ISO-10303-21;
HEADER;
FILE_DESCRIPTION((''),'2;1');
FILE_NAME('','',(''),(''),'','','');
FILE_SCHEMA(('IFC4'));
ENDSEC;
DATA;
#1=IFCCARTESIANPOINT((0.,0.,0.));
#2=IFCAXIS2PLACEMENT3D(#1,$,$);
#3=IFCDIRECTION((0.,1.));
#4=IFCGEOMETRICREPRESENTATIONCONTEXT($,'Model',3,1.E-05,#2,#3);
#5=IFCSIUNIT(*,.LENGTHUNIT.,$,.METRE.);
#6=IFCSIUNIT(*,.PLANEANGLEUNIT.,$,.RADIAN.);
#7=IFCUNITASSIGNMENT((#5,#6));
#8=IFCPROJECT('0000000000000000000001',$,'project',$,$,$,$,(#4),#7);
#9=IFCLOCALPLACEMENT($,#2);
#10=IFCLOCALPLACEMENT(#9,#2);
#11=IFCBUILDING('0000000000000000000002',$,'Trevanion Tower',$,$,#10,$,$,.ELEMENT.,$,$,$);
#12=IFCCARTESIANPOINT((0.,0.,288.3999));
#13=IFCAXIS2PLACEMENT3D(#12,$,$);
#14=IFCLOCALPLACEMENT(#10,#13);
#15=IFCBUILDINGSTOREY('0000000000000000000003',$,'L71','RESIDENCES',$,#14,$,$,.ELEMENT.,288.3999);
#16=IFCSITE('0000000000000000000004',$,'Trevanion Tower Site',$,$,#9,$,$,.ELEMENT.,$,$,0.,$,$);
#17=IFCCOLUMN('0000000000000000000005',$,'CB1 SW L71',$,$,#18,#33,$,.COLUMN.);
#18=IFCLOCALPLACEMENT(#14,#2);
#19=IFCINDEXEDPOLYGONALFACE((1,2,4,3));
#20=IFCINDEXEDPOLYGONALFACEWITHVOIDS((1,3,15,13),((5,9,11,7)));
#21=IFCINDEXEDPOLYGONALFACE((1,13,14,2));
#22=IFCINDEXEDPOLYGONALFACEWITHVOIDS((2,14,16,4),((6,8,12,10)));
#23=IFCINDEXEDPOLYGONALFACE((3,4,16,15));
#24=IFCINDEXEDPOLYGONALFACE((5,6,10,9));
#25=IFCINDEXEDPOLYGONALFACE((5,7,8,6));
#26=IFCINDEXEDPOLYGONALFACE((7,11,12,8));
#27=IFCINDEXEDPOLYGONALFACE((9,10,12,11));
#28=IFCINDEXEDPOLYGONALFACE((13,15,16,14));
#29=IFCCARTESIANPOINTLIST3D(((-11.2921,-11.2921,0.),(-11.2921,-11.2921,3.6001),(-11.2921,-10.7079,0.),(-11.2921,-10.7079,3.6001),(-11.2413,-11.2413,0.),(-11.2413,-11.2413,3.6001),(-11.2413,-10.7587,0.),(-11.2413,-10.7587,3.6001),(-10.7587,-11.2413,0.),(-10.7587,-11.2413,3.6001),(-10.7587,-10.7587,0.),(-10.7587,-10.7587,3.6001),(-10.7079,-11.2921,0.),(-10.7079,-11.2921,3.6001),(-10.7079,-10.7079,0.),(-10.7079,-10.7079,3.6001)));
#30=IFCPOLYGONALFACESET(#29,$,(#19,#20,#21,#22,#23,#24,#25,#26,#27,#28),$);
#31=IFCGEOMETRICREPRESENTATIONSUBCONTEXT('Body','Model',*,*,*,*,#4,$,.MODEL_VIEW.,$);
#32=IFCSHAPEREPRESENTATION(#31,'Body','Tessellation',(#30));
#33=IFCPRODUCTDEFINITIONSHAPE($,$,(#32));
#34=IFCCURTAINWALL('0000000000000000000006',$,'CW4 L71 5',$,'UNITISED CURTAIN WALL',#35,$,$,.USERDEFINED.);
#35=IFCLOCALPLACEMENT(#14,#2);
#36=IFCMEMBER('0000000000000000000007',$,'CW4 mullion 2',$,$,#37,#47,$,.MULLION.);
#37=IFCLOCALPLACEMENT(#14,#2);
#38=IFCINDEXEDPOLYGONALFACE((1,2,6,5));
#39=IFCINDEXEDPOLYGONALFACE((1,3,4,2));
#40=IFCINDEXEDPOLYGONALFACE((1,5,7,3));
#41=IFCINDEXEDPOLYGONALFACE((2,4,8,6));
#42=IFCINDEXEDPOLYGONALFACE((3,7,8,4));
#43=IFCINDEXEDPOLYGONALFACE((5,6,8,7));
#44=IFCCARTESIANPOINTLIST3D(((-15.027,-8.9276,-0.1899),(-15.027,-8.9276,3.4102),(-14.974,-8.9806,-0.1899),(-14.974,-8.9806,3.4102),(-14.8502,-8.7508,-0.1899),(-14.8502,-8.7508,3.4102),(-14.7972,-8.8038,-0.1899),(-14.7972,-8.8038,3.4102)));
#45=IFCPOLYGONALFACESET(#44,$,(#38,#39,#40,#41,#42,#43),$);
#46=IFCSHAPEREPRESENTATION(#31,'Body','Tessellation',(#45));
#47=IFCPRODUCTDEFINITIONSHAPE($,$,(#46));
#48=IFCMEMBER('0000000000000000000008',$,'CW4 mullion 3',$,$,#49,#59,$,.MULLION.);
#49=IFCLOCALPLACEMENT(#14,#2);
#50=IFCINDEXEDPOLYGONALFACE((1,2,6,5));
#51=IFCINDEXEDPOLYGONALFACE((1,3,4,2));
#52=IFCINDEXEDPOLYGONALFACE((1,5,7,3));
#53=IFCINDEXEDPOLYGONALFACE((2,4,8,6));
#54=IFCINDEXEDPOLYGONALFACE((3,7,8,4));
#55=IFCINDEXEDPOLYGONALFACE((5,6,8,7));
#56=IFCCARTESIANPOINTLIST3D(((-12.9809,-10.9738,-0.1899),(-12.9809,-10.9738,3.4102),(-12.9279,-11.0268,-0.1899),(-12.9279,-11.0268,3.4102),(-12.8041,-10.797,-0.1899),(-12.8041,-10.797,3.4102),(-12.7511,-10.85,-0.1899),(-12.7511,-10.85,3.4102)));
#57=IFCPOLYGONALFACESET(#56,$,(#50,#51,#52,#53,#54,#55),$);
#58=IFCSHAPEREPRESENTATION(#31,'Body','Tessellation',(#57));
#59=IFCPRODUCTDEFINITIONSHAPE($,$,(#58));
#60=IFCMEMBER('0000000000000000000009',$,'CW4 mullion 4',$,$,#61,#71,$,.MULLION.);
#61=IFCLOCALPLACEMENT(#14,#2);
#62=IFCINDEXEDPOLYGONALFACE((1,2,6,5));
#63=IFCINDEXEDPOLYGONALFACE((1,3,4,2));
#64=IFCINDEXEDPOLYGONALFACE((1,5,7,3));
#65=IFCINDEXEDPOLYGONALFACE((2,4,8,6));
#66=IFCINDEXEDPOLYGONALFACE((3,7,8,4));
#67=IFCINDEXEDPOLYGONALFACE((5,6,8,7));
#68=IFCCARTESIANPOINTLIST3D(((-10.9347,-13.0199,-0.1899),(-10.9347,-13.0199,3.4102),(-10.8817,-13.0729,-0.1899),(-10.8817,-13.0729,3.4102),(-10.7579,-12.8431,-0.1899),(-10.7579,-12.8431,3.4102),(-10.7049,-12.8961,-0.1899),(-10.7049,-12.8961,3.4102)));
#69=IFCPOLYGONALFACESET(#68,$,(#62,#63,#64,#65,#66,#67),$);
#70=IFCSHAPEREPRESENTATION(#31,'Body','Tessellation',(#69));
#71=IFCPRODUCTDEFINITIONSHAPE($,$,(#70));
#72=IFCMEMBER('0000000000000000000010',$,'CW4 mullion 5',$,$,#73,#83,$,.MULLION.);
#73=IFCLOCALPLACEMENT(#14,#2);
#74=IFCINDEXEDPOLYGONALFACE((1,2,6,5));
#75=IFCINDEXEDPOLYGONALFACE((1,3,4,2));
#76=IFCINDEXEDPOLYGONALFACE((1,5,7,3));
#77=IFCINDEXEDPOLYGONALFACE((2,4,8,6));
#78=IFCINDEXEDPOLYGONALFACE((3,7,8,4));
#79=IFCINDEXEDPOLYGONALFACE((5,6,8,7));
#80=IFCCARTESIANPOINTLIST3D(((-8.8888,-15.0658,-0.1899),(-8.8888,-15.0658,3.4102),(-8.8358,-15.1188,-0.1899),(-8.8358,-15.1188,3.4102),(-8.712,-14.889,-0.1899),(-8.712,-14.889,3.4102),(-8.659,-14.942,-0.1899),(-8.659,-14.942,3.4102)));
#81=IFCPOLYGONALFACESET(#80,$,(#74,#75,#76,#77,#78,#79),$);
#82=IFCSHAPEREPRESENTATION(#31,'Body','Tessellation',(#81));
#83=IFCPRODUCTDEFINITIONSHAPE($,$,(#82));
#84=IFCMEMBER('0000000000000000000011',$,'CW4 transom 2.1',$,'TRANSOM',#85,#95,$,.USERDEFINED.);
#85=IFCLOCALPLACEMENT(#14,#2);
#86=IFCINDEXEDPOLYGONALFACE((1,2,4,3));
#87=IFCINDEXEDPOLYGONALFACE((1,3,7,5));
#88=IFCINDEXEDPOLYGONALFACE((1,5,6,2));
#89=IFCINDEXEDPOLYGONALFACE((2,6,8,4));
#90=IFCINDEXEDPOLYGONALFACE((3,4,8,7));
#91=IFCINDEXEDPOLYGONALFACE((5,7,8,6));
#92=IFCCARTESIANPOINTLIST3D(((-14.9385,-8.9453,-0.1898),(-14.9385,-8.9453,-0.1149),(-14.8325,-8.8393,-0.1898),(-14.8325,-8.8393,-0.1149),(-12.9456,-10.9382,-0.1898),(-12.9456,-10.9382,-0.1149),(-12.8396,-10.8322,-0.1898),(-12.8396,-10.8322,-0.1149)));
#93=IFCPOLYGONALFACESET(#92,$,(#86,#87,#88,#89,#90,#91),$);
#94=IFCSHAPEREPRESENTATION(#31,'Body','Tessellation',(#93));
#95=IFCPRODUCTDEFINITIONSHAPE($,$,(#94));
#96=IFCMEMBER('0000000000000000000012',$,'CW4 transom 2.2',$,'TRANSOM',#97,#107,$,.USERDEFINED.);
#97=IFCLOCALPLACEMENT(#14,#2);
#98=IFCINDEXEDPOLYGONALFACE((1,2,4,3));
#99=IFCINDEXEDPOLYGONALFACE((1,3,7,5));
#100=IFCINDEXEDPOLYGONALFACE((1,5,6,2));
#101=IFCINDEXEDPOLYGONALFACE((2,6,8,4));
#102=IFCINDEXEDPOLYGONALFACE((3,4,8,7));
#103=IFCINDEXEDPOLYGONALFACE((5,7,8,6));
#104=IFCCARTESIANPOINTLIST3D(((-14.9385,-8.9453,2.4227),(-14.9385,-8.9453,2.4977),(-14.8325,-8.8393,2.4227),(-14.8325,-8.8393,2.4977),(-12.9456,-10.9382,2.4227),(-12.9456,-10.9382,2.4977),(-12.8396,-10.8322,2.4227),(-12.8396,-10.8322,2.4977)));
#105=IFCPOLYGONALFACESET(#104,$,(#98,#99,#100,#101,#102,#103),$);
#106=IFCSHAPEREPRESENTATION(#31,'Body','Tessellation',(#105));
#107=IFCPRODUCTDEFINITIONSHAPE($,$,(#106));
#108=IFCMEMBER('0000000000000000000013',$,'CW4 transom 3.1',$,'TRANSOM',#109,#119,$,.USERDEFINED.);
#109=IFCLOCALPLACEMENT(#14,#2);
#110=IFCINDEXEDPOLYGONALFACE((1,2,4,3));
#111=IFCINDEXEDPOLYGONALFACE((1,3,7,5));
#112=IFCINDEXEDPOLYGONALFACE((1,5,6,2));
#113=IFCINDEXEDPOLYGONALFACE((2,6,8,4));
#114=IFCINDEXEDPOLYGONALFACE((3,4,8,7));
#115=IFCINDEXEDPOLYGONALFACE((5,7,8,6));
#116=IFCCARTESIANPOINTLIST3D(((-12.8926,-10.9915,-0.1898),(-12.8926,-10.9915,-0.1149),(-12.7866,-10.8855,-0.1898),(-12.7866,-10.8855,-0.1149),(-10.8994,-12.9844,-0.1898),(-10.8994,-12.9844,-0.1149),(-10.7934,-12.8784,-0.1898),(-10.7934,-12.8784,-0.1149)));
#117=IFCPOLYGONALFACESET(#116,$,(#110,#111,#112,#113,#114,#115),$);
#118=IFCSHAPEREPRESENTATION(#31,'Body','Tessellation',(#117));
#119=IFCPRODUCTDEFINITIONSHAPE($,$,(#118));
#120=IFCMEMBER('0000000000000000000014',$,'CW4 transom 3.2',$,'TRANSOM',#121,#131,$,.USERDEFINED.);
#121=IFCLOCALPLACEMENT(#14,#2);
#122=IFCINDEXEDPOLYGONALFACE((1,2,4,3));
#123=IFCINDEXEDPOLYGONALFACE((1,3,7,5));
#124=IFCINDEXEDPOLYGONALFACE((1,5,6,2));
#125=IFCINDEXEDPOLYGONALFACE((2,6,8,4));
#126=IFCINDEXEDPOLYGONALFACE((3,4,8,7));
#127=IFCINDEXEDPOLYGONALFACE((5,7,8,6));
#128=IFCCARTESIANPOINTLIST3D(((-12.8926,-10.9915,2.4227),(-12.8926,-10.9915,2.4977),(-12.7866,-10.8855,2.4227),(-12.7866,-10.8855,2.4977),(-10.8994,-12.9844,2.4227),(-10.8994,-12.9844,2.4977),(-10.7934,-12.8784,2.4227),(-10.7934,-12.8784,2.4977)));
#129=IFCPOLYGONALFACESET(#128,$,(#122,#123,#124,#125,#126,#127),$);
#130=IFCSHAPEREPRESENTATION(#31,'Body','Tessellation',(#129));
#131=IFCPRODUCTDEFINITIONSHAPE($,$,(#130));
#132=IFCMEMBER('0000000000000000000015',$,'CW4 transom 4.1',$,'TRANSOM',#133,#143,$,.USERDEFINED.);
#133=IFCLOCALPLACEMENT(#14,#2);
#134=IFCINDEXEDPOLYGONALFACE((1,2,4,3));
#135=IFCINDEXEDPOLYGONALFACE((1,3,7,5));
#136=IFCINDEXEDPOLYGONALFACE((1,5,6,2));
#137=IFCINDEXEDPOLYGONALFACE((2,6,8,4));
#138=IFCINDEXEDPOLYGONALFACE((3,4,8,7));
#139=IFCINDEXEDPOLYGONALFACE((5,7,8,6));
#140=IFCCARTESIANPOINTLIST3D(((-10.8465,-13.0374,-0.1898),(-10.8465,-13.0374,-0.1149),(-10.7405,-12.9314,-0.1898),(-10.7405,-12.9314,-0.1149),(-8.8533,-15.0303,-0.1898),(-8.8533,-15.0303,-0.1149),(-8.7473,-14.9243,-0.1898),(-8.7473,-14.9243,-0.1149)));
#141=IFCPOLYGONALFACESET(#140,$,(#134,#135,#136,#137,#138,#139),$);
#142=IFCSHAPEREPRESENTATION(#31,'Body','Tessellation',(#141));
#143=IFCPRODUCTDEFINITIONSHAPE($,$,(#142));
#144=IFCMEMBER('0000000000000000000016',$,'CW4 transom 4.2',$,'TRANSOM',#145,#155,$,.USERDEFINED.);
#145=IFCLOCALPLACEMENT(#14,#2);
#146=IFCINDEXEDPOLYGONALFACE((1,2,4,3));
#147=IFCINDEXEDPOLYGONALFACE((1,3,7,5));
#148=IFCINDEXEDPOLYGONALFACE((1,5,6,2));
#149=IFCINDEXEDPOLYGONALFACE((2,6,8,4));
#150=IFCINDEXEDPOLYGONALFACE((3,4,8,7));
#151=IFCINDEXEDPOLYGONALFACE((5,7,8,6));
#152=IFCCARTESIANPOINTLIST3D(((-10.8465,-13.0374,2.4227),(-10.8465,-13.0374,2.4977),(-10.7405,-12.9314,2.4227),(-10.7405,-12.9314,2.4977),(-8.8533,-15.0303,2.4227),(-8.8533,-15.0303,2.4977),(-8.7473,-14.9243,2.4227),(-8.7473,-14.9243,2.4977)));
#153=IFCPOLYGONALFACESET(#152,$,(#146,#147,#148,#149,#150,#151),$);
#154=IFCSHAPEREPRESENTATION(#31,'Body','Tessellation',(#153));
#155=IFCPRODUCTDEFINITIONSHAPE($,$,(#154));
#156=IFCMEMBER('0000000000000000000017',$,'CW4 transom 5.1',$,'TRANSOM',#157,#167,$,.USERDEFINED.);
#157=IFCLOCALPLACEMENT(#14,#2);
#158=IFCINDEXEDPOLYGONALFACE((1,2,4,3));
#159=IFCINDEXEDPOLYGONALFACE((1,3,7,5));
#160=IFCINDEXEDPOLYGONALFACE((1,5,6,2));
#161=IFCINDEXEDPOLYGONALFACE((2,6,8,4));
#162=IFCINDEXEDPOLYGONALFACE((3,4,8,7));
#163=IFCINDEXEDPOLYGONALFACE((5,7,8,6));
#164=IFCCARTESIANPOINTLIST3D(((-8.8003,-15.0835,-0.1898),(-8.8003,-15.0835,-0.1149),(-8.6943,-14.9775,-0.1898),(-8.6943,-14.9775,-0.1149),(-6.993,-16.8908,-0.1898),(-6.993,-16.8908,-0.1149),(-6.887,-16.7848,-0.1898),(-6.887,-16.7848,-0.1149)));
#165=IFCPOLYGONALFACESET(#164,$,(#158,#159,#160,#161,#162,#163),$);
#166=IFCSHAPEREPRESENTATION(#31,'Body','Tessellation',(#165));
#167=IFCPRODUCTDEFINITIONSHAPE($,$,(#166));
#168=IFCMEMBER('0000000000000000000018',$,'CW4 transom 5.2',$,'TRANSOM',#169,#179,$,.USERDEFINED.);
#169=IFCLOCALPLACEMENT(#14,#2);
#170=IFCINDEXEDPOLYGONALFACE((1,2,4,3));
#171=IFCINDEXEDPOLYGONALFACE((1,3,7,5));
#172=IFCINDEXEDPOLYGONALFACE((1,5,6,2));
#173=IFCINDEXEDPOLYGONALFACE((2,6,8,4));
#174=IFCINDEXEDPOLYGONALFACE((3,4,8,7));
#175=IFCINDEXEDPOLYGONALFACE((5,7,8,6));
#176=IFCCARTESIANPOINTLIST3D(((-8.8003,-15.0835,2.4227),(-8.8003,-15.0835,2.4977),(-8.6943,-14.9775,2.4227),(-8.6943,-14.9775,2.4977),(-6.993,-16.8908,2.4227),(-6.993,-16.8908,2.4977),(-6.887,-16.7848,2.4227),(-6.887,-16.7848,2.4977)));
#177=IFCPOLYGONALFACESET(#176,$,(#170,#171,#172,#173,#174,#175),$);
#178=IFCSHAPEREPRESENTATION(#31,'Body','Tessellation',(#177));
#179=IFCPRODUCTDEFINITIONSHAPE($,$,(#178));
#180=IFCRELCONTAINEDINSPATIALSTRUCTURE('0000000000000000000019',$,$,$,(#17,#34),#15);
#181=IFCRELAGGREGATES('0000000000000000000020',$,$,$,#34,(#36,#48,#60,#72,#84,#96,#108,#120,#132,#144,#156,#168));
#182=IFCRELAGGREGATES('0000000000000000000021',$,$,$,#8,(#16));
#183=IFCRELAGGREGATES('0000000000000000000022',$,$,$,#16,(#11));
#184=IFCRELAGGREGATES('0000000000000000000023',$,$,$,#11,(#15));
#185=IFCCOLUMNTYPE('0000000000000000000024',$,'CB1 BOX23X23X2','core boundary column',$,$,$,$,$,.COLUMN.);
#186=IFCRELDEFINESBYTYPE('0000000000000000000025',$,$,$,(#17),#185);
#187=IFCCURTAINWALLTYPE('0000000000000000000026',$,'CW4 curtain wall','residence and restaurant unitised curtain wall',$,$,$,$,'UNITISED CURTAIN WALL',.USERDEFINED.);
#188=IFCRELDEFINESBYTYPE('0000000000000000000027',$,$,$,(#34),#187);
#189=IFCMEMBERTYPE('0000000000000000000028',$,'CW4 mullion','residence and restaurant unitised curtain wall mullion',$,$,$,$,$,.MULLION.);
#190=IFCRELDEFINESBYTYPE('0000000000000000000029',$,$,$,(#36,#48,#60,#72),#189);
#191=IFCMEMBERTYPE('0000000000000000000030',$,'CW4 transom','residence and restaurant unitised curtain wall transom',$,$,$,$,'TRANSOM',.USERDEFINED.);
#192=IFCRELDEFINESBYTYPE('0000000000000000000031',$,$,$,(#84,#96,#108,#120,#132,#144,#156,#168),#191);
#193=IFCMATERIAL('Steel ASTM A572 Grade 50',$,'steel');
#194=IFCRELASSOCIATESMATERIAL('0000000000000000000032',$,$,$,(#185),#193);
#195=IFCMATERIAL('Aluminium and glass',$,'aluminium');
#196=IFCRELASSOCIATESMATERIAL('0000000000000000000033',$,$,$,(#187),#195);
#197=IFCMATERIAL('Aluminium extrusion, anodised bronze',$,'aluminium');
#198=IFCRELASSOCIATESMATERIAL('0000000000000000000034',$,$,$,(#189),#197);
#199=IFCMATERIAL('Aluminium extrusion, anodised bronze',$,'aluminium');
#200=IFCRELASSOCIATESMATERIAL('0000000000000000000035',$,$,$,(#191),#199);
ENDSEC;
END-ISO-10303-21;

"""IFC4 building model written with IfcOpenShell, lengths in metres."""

from ifc_helpers import new_model, si_unit, direction, frame, origin, origin_2d, place, context, subcontext, project, spatial, rectangle, hollow_rectangle, extrude, material, material_profile, profile_set, type_object, element, aggregate, save


model = new_model("IFC4")

# Units and contexts
model_context = context("Model", 3, precision=1e-05, world=origin(), true_north=direction((0.0, 1.0)))
body_context = subcontext(model_context, "Body", "Model", "MODEL_VIEW")
ifc_project = project(units=[si_unit("LENGTHUNIT", "METRE"), si_unit("PLANEANGLEUNIT", "RADIAN")], contexts=[model_context])

# Site, building, storey
site_placement = place(None, origin())
site = spatial("IfcSite", under=ifc_project, at=site_placement, Name="Trevanion Tower Site", CompositionType="ELEMENT", RefElevation=0.0)
building_placement = place(site_placement, origin())
building = spatial("IfcBuilding", under=site, at=building_placement, Name="Trevanion Tower", CompositionType="ELEMENT")
storey_placement = place(building_placement, frame((0.0, 0.0, 288.3999)))
storey = spatial("IfcBuildingStorey", under=building, at=storey_placement, Name="L71", Description="RESIDENCES", CompositionType="ELEMENT", Elevation=288.3999)

# Column
ifc_material_1 = material(Name="Steel ASTM A572 Grade 50", Category="steel")
ifc_material_profile_1 = material_profile(ifc_material_1, hollow_rectangle(XDim=0.5842, YDim=0.5842, WallThickness=0.0508, at=origin_2d()), Name="BOX23X23X2")
ifc_profile_set_1 = profile_set([ifc_material_profile_1], Name="Steel ASTM A572 Grade 50")
column_type = type_object("IfcColumnType", Name="CB1 BOX23X23X2", Description="core boundary column", PredefinedType="COLUMN", material=ifc_profile_set_1)
column_placement = place(storey_placement, frame((-11.0, -11.0, 0.0), z_axis=(0.0, 0.0, 1.0), x_axis=(1.0, 0.0, 0.0)))
element("IfcColumn", 1, at=column_placement, inside=storey, type_object=column_type, Name="CB1 SW L71", PredefinedType="COLUMN", context=body_context, shape_type="SweptSolid", body=[
    extrude(hollow_rectangle(XDim=0.5842, YDim=0.5842, WallThickness=0.0508, at=origin_2d()), origin(), (0.0, 0.0, 1.0), 3.6001),
])

# Curtain wall, members
ifc_material_2 = material(Name="Aluminium and glass", Category="aluminium")
curtain_wall_type = type_object("IfcCurtainWallType", Name="CW4 curtain wall", Description="residence and restaurant unitised curtain wall", ElementType="UNITISED CURTAIN WALL", PredefinedType="USERDEFINED", material=ifc_material_2)
curtain_wall_placement = place(storey_placement, origin())
curtain_wall = element("IfcCurtainWall", 2, at=curtain_wall_placement, inside=storey, type_object=curtain_wall_type, Name="CW4 L71 5", ObjectType="UNITISED CURTAIN WALL", PredefinedType="USERDEFINED")
ifc_material_3 = material(Name="Aluminium extrusion, anodised bronze", Category="aluminium")
ifc_material_profile_2 = material_profile(ifc_material_3, rectangle(XDim=0.075, YDim=0.25, at=origin_2d()), Name="CW4 mullion")
ifc_profile_set_2 = profile_set([ifc_material_profile_2], Name="Aluminium extrusion, anodised bronze")
member_type_1 = type_object("IfcMemberType", Name="CW4 mullion", Description="residence and restaurant unitised curtain wall mullion", PredefinedType="MULLION", material=ifc_profile_set_2)
member_1_placement = place(storey_placement, frame((-14.9121, -8.8657, -0.1899), z_axis=(0.0, 0.0, 1.0), x_axis=(0.707107, -0.707107, 0.0)))
member_1 = element("IfcMember", 3, at=member_1_placement, type_object=member_type_1, Name="CW4 mullion 2", PredefinedType="MULLION", context=body_context, shape_type="SweptSolid", body=[
    extrude(rectangle(XDim=0.075, YDim=0.25, at=origin_2d()), origin(), (0.0, 0.0, 1.0), 3.6001),
])
member_2_placement = place(storey_placement, frame((-12.866, -10.9119, -0.1899), z_axis=(0.0, 0.0, 1.0), x_axis=(0.707107, -0.707107, 0.0)))
member_2 = element("IfcMember", 4, at=member_2_placement, type_object=member_type_1, Name="CW4 mullion 3", PredefinedType="MULLION", context=body_context, shape_type="SweptSolid", body=[
    extrude(rectangle(XDim=0.075, YDim=0.25, at=origin_2d()), origin(), (0.0, 0.0, 1.0), 3.6001),
])
member_3_placement = place(storey_placement, frame((-10.8198, -12.958, -0.1899), z_axis=(0.0, 0.0, 1.0), x_axis=(0.707107, -0.707107, 0.0)))
member_3 = element("IfcMember", 5, at=member_3_placement, type_object=member_type_1, Name="CW4 mullion 4", PredefinedType="MULLION", context=body_context, shape_type="SweptSolid", body=[
    extrude(rectangle(XDim=0.075, YDim=0.25, at=origin_2d()), origin(), (0.0, 0.0, 1.0), 3.6001),
])
member_4_placement = place(storey_placement, frame((-8.7739, -15.0039, -0.1899), z_axis=(0.0, 0.0, 1.0), x_axis=(0.707107, -0.707107, 0.0)))
member_4 = element("IfcMember", 6, at=member_4_placement, type_object=member_type_1, Name="CW4 mullion 5", PredefinedType="MULLION", context=body_context, shape_type="SweptSolid", body=[
    extrude(rectangle(XDim=0.075, YDim=0.25, at=origin_2d()), origin(), (0.0, 0.0, 1.0), 3.6001),
])
ifc_material_4 = material(Name="Aluminium extrusion, anodised bronze", Category="aluminium")
ifc_material_profile_3 = material_profile(ifc_material_4, rectangle(XDim=0.1499, YDim=0.075, at=origin_2d()), Name="CW4 transom")
ifc_profile_set_3 = profile_set([ifc_material_profile_3], Name="Aluminium extrusion, anodised bronze")
member_type_2 = type_object("IfcMemberType", Name="CW4 transom", Description="residence and restaurant unitised curtain wall transom", ElementType="TRANSOM", PredefinedType="USERDEFINED", material=ifc_profile_set_3)
member_5_placement = place(storey_placement, frame((-14.8855, -8.8923, -0.1523), z_axis=(0.707107, -0.707107, 0.0), x_axis=(0.707107, 0.707107, 0.0)))
member_5 = element("IfcMember", 7, at=member_5_placement, type_object=member_type_2, Name="CW4 transom 2.1", ObjectType="TRANSOM", PredefinedType="USERDEFINED", context=body_context, shape_type="SweptSolid", body=[
    extrude(rectangle(XDim=0.1499, YDim=0.075, at=origin_2d()), origin(), (0.0, 0.0, 1.0), 2.8184),
])
member_6_placement = place(storey_placement, frame((-14.8855, -8.8923, 2.4602), z_axis=(0.707107, -0.707107, 0.0), x_axis=(0.707107, 0.707107, 0.0)))
member_6 = element("IfcMember", 8, at=member_6_placement, type_object=member_type_2, Name="CW4 transom 2.2", ObjectType="TRANSOM", PredefinedType="USERDEFINED", context=body_context, shape_type="SweptSolid", body=[
    extrude(rectangle(XDim=0.1499, YDim=0.075, at=origin_2d()), origin(), (0.0, 0.0, 1.0), 2.8184),
])
member_7_placement = place(storey_placement, frame((-12.8396, -10.9385, -0.1523), z_axis=(0.70715, -0.707063, 0.0), x_axis=(0.707063, 0.70715, 0.0)))
member_7 = element("IfcMember", 9, at=member_7_placement, type_object=member_type_2, Name="CW4 transom 3.1", ObjectType="TRANSOM", PredefinedType="USERDEFINED", context=body_context, shape_type="SweptSolid", body=[
    extrude(rectangle(XDim=0.1499, YDim=0.075, at=origin_2d()), origin(), (0.0, 0.0, 1.0), 2.8186),
])
member_8_placement = place(storey_placement, frame((-12.8396, -10.9385, 2.4602), z_axis=(0.70715, -0.707063, 0.0), x_axis=(0.707063, 0.70715, 0.0)))
member_8 = element("IfcMember", 10, at=member_8_placement, type_object=member_type_2, Name="CW4 transom 3.2", ObjectType="TRANSOM", PredefinedType="USERDEFINED", context=body_context, shape_type="SweptSolid", body=[
    extrude(rectangle(XDim=0.1499, YDim=0.075, at=origin_2d()), origin(), (0.0, 0.0, 1.0), 2.8186),
])
member_9_placement = place(storey_placement, frame((-10.7935, -12.9844, -0.1523), z_axis=(0.70715, -0.707063, 0.0), x_axis=(0.707063, 0.70715, 0.0)))
member_9 = element("IfcMember", 11, at=member_9_placement, type_object=member_type_2, Name="CW4 transom 4.1", ObjectType="TRANSOM", PredefinedType="USERDEFINED", context=body_context, shape_type="SweptSolid", body=[
    extrude(rectangle(XDim=0.1499, YDim=0.075, at=origin_2d()), origin(), (0.0, 0.0, 1.0), 2.8186),
])
member_10_placement = place(storey_placement, frame((-10.7935, -12.9844, 2.4602), z_axis=(0.70715, -0.707063, 0.0), x_axis=(0.707063, 0.70715, 0.0)))
member_10 = element("IfcMember", 12, at=member_10_placement, type_object=member_type_2, Name="CW4 transom 4.2", ObjectType="TRANSOM", PredefinedType="USERDEFINED", context=body_context, shape_type="SweptSolid", body=[
    extrude(rectangle(XDim=0.1499, YDim=0.075, at=origin_2d()), origin(), (0.0, 0.0, 1.0), 2.8186),
])
member_11_placement = place(storey_placement, frame((-8.7473, -15.0305, -0.1523), z_axis=(0.707107, -0.707107, 0.0), x_axis=(0.707107, 0.707107, 0.0)))
member_11 = element("IfcMember", 13, at=member_11_placement, type_object=member_type_2, Name="CW4 transom 5.1", ObjectType="TRANSOM", PredefinedType="USERDEFINED", context=body_context, shape_type="SweptSolid", body=[
    extrude(rectangle(XDim=0.1499, YDim=0.075, at=origin_2d()), origin(), (0.0, 0.0, 1.0), 2.5559),
])
member_12_placement = place(storey_placement, frame((-8.7473, -15.0305, 2.4602), z_axis=(0.707107, -0.707107, 0.0), x_axis=(0.707107, 0.707107, 0.0)))
member_12 = element("IfcMember", 14, at=member_12_placement, type_object=member_type_2, Name="CW4 transom 5.2", ObjectType="TRANSOM", PredefinedType="USERDEFINED", context=body_context, shape_type="SweptSolid", body=[
    extrude(rectangle(XDim=0.1499, YDim=0.075, at=origin_2d()), origin(), (0.0, 0.0, 1.0), 2.5559),
])

aggregate(curtain_wall, [member_1, member_2, member_3, member_4, member_5, member_6, member_7, member_8, member_9, member_10, member_11, member_12])

save(model, "model.ifc")
